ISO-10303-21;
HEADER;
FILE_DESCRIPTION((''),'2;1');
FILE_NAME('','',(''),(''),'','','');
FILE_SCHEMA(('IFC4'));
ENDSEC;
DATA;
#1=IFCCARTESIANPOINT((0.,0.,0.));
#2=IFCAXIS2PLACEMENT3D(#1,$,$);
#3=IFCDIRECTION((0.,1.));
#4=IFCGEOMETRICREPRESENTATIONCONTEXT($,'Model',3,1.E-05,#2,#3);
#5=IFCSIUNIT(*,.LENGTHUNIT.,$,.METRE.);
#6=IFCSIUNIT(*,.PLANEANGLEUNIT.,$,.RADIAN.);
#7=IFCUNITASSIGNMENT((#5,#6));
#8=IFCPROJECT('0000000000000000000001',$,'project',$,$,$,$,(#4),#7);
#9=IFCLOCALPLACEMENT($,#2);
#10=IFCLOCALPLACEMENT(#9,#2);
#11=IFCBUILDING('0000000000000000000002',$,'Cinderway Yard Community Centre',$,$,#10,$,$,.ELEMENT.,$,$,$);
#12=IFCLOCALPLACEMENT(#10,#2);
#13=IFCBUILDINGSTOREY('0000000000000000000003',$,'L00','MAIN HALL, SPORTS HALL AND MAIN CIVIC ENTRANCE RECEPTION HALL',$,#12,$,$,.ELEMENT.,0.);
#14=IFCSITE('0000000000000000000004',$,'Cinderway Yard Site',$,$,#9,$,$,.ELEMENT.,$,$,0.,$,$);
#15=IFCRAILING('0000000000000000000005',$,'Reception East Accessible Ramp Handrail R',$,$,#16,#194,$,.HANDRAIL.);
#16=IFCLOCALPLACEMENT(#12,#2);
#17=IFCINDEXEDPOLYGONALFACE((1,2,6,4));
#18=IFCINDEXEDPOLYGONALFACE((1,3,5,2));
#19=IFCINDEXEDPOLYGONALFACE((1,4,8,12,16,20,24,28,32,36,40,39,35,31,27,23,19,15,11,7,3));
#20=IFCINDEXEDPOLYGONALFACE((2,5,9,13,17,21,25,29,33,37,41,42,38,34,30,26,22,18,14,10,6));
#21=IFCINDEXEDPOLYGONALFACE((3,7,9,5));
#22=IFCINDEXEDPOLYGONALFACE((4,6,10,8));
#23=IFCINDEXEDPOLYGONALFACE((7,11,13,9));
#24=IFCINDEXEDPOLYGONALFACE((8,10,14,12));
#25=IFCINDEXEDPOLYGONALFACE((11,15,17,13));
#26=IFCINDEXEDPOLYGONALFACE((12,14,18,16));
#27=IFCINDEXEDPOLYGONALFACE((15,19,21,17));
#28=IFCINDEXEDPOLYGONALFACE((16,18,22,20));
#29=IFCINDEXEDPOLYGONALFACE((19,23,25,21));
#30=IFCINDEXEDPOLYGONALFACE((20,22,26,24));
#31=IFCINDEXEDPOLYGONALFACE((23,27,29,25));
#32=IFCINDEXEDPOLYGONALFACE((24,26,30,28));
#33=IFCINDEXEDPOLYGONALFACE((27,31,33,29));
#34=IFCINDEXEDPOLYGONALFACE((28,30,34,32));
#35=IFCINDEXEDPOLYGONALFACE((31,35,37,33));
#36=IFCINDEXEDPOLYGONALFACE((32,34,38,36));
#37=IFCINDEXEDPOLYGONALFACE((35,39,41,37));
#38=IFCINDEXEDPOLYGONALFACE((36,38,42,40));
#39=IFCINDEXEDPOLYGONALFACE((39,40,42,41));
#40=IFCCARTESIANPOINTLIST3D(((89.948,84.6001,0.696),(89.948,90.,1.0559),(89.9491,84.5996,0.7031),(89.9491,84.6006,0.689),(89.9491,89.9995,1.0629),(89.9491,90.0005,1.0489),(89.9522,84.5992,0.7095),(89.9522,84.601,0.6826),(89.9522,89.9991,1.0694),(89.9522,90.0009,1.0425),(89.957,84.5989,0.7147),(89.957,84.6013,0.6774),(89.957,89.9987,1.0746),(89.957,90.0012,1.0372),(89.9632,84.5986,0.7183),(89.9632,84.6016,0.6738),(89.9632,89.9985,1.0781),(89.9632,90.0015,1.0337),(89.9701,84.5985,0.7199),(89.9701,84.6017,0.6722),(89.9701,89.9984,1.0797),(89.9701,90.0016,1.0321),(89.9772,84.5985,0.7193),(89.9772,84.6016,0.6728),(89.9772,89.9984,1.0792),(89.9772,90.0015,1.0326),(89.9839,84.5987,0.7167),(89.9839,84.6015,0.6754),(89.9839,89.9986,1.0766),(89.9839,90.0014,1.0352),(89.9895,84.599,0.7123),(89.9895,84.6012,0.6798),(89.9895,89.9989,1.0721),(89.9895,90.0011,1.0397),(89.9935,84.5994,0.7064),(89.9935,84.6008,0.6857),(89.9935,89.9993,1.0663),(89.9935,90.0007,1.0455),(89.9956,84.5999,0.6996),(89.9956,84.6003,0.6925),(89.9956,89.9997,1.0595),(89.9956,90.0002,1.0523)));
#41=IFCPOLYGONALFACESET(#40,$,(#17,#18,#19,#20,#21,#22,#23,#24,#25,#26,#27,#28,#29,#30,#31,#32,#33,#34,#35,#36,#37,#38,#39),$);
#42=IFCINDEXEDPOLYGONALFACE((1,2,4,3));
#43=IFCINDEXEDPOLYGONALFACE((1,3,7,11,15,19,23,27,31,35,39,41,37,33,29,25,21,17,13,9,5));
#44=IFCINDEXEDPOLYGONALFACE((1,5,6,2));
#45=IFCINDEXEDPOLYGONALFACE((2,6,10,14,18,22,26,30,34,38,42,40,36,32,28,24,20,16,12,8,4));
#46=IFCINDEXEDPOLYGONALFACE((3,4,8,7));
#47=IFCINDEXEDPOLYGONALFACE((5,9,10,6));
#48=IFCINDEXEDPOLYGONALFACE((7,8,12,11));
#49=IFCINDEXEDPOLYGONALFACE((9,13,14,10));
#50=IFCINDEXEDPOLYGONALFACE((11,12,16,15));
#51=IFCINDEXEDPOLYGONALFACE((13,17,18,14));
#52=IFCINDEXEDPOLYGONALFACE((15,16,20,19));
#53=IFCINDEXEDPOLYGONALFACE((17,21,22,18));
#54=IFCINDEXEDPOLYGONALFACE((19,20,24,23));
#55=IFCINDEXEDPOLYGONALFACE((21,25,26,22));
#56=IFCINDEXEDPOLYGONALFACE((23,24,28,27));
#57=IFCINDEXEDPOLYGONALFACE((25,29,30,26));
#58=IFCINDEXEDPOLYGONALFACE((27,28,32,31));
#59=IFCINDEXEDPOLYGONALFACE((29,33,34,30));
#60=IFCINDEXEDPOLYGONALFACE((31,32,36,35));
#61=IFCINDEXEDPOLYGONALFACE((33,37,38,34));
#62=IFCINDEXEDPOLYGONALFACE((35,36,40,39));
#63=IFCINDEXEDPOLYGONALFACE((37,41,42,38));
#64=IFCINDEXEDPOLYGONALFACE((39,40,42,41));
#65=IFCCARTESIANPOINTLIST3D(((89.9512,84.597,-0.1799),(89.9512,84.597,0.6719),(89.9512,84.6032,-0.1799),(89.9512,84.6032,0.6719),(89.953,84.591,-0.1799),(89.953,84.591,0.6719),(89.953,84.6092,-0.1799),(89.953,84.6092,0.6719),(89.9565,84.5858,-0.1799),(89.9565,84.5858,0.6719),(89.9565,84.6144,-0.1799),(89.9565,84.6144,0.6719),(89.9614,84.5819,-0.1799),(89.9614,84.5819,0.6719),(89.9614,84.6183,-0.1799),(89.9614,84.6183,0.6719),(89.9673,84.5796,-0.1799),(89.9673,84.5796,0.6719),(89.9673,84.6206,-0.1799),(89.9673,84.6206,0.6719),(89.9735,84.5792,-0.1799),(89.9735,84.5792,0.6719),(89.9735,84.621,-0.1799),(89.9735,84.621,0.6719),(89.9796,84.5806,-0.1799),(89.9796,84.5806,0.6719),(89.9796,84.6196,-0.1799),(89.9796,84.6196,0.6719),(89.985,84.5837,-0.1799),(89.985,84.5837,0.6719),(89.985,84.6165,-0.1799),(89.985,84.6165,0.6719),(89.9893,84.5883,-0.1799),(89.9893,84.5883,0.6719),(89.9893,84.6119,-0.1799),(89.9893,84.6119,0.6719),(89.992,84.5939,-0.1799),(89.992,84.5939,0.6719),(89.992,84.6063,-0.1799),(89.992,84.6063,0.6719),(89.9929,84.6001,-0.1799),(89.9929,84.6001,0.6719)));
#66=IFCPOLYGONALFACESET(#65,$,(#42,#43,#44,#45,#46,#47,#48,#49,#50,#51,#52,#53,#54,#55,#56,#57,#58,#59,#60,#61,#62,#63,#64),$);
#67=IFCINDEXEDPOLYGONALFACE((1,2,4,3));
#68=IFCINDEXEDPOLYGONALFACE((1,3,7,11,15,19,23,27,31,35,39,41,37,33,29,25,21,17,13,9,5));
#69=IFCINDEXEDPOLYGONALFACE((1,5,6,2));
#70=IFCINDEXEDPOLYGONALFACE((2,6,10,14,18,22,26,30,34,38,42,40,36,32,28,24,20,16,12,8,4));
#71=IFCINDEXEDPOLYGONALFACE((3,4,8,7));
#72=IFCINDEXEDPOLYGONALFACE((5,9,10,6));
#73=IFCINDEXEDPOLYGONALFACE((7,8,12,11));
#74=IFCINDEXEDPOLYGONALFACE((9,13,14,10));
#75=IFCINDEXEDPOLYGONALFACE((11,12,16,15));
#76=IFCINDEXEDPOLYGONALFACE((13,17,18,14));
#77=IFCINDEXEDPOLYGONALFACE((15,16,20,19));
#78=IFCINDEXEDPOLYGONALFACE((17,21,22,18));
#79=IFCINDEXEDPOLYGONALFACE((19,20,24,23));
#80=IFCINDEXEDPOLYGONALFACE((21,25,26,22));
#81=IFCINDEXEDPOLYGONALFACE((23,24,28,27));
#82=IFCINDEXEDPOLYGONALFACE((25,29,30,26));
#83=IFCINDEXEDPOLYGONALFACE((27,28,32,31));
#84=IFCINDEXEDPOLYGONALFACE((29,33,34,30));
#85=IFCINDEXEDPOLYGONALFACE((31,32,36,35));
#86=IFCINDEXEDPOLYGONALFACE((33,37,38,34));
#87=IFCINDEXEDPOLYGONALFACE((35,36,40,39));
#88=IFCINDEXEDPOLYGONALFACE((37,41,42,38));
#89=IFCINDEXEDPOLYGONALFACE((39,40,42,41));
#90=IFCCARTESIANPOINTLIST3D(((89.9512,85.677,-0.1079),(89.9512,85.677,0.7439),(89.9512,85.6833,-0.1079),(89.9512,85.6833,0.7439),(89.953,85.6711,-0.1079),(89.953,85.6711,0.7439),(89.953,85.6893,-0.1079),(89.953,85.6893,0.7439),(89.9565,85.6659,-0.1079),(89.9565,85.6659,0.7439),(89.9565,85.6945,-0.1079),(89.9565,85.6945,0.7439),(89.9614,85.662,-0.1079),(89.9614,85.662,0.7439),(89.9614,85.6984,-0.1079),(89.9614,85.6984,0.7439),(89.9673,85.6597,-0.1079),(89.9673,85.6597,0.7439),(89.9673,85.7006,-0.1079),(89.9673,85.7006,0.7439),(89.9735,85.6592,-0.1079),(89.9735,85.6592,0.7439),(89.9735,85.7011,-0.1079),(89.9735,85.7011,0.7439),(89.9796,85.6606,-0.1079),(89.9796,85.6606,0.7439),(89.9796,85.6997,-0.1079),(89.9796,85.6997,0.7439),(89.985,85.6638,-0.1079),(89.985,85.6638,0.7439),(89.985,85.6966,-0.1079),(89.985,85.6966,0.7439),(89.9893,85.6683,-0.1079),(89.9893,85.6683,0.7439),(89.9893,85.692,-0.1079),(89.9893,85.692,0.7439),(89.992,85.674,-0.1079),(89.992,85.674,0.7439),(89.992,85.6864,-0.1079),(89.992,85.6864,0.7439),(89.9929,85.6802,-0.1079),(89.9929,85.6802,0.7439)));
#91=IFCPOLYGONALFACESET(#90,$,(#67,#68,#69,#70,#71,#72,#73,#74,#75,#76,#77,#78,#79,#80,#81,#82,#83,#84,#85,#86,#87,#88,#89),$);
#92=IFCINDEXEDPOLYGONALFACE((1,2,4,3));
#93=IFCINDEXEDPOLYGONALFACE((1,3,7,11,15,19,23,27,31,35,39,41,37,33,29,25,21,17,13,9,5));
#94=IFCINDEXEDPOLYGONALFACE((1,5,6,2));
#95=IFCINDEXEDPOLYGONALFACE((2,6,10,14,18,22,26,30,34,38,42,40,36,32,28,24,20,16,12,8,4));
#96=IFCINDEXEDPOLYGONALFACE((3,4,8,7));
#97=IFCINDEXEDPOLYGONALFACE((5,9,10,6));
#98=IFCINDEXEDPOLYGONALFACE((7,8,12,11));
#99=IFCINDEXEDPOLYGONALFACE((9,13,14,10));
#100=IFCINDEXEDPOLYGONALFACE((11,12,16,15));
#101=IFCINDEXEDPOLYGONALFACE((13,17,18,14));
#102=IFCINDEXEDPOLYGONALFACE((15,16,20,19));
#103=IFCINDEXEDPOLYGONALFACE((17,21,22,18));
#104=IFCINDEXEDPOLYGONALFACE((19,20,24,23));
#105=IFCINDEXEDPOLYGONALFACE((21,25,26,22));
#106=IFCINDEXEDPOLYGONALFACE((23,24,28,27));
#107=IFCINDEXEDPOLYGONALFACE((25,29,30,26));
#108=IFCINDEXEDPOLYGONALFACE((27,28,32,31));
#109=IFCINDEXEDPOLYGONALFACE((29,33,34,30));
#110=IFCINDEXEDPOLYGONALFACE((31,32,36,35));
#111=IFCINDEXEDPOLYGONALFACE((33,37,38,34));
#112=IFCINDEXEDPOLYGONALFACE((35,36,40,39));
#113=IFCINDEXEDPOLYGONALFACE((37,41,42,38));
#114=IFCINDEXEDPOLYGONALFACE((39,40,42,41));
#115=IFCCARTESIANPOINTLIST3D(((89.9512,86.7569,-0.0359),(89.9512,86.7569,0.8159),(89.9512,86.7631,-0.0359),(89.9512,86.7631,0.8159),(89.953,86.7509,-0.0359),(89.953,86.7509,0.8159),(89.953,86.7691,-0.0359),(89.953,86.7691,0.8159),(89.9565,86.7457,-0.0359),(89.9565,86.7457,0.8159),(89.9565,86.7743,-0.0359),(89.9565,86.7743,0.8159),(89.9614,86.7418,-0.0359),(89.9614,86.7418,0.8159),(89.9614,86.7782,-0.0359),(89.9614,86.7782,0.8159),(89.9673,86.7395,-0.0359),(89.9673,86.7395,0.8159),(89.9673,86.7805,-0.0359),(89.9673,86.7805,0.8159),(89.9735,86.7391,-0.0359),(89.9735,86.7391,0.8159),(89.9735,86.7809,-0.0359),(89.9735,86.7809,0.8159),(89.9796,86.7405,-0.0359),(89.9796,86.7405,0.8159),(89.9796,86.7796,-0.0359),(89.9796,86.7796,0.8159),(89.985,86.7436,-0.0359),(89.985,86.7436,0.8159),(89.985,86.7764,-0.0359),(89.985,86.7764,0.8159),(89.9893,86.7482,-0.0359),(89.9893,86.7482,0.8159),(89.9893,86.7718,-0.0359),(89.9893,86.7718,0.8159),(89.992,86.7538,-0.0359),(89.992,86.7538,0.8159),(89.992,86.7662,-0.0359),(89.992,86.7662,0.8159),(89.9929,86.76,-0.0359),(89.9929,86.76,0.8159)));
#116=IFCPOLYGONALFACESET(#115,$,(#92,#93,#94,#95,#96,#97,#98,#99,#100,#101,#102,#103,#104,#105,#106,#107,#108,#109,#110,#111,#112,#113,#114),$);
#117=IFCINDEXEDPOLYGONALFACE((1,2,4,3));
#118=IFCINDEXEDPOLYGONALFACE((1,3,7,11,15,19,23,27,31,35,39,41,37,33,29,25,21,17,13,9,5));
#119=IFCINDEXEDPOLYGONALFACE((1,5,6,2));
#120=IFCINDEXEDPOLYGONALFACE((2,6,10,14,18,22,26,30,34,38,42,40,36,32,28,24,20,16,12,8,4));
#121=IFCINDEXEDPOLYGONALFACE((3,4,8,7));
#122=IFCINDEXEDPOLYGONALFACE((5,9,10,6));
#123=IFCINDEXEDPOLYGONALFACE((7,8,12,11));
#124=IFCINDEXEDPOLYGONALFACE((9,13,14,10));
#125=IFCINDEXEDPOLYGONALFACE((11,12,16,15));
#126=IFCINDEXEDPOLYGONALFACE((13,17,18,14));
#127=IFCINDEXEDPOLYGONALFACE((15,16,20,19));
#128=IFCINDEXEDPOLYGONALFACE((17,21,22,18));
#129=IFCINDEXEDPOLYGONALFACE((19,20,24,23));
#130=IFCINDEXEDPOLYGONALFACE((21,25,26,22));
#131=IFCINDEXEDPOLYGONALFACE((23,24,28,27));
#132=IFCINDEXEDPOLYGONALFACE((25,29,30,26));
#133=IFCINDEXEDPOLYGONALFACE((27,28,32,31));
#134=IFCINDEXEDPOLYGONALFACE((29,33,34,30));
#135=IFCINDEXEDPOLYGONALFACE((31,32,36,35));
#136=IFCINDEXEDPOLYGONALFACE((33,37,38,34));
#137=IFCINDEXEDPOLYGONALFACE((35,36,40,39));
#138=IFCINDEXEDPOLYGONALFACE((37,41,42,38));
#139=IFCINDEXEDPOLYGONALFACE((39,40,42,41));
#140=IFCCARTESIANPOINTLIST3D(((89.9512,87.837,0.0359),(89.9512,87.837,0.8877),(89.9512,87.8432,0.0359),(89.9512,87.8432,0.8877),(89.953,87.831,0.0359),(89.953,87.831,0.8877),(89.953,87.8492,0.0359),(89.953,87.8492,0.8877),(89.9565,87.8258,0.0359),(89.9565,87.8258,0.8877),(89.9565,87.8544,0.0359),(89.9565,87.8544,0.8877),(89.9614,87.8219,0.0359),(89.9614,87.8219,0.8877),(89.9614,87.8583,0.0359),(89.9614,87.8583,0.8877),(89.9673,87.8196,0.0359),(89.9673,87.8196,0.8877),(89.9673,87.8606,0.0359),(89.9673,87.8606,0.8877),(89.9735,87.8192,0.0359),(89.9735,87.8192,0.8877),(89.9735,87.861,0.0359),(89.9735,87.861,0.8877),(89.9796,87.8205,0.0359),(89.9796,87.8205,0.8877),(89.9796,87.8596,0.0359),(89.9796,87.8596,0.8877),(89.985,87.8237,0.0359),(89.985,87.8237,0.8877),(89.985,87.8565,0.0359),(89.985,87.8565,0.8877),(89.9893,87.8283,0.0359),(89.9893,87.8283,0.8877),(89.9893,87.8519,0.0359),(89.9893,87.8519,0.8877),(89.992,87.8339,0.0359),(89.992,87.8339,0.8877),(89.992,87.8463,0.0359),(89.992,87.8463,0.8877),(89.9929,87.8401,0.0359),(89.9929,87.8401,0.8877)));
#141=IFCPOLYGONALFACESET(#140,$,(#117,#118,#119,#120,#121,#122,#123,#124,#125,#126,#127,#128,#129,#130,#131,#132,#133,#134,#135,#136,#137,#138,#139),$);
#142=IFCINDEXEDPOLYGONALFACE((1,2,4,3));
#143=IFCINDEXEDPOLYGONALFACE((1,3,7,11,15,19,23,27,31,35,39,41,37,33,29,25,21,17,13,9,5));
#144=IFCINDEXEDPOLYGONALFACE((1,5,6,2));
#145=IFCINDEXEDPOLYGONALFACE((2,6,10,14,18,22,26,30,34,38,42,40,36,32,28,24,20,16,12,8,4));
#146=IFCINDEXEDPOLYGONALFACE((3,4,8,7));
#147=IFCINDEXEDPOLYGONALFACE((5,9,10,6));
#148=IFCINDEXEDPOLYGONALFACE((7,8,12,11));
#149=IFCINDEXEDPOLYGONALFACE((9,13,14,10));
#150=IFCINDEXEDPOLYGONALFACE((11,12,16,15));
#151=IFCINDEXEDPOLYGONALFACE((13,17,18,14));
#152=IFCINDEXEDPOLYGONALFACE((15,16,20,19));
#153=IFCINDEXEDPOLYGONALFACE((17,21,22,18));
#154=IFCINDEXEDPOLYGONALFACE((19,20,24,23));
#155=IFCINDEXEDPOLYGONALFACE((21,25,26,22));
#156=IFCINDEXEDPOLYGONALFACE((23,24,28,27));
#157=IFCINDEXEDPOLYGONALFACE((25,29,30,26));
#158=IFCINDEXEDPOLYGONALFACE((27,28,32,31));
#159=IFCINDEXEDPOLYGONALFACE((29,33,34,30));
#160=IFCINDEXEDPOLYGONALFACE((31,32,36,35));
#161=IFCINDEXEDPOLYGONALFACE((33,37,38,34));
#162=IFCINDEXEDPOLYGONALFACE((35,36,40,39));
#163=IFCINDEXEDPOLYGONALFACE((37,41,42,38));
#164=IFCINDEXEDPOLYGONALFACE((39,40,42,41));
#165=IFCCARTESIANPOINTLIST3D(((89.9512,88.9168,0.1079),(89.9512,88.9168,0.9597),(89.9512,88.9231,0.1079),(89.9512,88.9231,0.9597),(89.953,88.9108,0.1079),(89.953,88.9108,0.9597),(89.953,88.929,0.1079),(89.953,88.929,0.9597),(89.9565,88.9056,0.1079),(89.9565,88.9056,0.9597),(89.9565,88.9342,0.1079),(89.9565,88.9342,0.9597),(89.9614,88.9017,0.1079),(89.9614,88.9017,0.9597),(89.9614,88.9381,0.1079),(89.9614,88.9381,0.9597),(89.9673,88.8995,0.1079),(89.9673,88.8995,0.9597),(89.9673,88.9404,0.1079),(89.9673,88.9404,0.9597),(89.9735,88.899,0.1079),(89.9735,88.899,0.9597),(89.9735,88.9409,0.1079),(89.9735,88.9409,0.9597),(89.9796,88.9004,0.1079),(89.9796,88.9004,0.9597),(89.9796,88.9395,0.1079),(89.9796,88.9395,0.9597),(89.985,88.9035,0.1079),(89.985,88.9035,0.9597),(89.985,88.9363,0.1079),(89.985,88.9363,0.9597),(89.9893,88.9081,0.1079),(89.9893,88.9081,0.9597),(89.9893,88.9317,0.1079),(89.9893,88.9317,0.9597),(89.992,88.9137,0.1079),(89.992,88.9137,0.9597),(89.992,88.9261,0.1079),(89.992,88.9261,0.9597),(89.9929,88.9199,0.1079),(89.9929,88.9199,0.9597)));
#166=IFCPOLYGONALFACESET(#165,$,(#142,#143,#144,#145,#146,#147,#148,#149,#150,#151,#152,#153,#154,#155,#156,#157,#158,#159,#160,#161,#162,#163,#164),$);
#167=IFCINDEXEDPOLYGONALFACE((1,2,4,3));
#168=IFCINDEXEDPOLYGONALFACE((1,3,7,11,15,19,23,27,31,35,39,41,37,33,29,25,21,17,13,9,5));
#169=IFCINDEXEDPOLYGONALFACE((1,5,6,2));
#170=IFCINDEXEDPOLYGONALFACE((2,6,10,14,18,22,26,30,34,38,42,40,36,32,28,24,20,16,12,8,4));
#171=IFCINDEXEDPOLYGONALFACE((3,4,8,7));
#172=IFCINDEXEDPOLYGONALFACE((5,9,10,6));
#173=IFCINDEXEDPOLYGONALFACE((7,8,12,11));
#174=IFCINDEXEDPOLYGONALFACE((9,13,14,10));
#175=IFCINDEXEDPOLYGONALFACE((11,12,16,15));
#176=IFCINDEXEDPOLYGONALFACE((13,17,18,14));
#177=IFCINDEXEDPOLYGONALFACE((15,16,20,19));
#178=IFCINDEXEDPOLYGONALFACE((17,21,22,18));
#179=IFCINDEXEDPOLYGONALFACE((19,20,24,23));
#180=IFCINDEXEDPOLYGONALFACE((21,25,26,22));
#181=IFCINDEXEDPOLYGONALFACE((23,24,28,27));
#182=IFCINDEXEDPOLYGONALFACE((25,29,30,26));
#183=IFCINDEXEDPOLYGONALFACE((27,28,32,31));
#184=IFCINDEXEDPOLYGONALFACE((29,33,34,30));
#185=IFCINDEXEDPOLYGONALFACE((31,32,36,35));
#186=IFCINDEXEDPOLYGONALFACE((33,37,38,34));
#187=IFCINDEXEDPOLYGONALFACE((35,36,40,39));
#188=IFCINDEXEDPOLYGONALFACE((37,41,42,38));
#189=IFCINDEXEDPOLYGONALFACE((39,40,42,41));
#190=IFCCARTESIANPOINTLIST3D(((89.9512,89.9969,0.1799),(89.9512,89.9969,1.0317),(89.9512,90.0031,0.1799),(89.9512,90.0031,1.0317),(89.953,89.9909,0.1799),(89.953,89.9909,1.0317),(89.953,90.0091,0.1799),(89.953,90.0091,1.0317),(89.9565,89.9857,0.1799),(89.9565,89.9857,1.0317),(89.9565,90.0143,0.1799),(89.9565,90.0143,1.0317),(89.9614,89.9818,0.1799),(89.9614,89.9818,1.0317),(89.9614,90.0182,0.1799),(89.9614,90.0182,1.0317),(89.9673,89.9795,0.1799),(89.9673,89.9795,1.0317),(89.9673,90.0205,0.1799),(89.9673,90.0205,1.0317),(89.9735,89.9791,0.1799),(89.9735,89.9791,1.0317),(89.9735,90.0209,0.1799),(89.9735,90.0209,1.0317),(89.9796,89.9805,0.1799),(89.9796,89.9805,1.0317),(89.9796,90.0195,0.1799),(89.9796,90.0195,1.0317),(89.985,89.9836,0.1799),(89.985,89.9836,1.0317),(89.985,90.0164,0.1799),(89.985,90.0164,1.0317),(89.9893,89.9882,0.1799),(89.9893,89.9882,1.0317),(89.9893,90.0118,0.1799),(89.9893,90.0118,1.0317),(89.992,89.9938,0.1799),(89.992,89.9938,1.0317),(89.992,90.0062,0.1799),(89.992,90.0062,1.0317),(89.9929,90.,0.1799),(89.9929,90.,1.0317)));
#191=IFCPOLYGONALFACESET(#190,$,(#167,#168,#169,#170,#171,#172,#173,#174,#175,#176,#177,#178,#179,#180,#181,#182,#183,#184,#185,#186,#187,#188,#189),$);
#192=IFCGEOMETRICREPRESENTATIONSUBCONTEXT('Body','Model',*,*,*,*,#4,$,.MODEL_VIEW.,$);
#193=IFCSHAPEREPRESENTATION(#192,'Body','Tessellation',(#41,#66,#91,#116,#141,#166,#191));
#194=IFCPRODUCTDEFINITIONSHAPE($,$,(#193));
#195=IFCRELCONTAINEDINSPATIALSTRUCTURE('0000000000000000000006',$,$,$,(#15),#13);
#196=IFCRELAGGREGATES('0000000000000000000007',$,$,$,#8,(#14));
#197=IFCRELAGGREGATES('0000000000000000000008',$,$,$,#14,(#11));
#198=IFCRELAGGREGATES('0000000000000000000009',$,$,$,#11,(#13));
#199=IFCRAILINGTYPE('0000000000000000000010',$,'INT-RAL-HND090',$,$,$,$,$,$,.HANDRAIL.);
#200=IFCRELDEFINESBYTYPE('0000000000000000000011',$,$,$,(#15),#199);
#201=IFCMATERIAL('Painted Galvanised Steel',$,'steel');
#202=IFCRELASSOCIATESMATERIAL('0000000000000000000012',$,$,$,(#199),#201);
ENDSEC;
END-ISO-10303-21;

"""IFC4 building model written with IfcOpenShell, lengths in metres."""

from ifc_helpers import new_model, si_unit, direction, frame, origin, origin_2d, place, context, subcontext, project, spatial, circle, extrude, material, type_object, element, save


model = new_model("IFC4")

# Units and contexts
model_context = context("Model", 3, precision=1e-05, world=origin(), true_north=direction((0.0, 1.0)))
body_context = subcontext(model_context, "Body", "Model", "MODEL_VIEW")
ifc_project = project(units=[si_unit("LENGTHUNIT", "METRE"), si_unit("PLANEANGLEUNIT", "RADIAN")], contexts=[model_context])

# Site, building, storey
site_placement = place(None, origin())
site = spatial("IfcSite", under=ifc_project, at=site_placement, Name="Cinderway Yard Site", CompositionType="ELEMENT", RefElevation=0.0)
building_placement = place(site_placement, origin())
building = spatial("IfcBuilding", under=site, at=building_placement, Name="Cinderway Yard Community Centre", CompositionType="ELEMENT")
storey_placement = place(building_placement, origin())
storey = spatial("IfcBuildingStorey", under=building, at=storey_placement, Name="L00", Description="MAIN HALL, SPORTS HALL AND MAIN CIVIC ENTRANCE RECEPTION HALL", CompositionType="ELEMENT", Elevation=0.0)

# Railing
ifc_material_1 = material(Name="Painted Galvanised Steel", Category="steel")
railing_type = type_object("IfcRailingType", Name="INT-RAL-HND090", PredefinedType="HANDRAIL", material=ifc_material_1)
for number, where, name in (
    (1, (89.9719, 84.6001, -0.1799), "Reception East Accessible Ramp Handrail R"),
):
    element("IfcRailing", number, at=place(storey_placement, frame(where)), inside=storey, type_object=railing_type, Name=name, PredefinedType="HANDRAIL", context=body_context, shape_type="SweptSolid", body=[
        extrude(circle(Radius=0.0239, at=origin_2d()), frame((0.0, 0.0, 0.876), z_axis=(0.0, 0.997787, 0.066495), x_axis=(-1.0, 0.0, 0.0)), (0.0, 0.0, 1.0), 5.4119),
        extrude(circle(Radius=0.021, at=origin_2d()), origin(), (0.0, 0.0, 1.0), 0.8518),
        extrude(circle(Radius=0.021, at=origin_2d()), frame((0.0, 1.0801, 0.072)), (0.0, 0.0, 1.0), 0.8518),
        extrude(circle(Radius=0.021, at=origin_2d()), frame((0.0, 2.1599, 0.144)), (0.0, 0.0, 1.0), 0.8518),
        extrude(circle(Radius=0.021, at=origin_2d()), frame((0.0, 3.24, 0.2158)), (0.0, 0.0, 1.0), 0.8518),
        extrude(circle(Radius=0.021, at=origin_2d()), frame((0.0, 4.3198, 0.2878)), (0.0, 0.0, 1.0), 0.8518),
        extrude(circle(Radius=0.021, at=origin_2d()), frame((0.0, 5.3999, 0.3599)), (0.0, 0.0, 1.0), 0.8518),
    ])

save(model, "model.ifc")
